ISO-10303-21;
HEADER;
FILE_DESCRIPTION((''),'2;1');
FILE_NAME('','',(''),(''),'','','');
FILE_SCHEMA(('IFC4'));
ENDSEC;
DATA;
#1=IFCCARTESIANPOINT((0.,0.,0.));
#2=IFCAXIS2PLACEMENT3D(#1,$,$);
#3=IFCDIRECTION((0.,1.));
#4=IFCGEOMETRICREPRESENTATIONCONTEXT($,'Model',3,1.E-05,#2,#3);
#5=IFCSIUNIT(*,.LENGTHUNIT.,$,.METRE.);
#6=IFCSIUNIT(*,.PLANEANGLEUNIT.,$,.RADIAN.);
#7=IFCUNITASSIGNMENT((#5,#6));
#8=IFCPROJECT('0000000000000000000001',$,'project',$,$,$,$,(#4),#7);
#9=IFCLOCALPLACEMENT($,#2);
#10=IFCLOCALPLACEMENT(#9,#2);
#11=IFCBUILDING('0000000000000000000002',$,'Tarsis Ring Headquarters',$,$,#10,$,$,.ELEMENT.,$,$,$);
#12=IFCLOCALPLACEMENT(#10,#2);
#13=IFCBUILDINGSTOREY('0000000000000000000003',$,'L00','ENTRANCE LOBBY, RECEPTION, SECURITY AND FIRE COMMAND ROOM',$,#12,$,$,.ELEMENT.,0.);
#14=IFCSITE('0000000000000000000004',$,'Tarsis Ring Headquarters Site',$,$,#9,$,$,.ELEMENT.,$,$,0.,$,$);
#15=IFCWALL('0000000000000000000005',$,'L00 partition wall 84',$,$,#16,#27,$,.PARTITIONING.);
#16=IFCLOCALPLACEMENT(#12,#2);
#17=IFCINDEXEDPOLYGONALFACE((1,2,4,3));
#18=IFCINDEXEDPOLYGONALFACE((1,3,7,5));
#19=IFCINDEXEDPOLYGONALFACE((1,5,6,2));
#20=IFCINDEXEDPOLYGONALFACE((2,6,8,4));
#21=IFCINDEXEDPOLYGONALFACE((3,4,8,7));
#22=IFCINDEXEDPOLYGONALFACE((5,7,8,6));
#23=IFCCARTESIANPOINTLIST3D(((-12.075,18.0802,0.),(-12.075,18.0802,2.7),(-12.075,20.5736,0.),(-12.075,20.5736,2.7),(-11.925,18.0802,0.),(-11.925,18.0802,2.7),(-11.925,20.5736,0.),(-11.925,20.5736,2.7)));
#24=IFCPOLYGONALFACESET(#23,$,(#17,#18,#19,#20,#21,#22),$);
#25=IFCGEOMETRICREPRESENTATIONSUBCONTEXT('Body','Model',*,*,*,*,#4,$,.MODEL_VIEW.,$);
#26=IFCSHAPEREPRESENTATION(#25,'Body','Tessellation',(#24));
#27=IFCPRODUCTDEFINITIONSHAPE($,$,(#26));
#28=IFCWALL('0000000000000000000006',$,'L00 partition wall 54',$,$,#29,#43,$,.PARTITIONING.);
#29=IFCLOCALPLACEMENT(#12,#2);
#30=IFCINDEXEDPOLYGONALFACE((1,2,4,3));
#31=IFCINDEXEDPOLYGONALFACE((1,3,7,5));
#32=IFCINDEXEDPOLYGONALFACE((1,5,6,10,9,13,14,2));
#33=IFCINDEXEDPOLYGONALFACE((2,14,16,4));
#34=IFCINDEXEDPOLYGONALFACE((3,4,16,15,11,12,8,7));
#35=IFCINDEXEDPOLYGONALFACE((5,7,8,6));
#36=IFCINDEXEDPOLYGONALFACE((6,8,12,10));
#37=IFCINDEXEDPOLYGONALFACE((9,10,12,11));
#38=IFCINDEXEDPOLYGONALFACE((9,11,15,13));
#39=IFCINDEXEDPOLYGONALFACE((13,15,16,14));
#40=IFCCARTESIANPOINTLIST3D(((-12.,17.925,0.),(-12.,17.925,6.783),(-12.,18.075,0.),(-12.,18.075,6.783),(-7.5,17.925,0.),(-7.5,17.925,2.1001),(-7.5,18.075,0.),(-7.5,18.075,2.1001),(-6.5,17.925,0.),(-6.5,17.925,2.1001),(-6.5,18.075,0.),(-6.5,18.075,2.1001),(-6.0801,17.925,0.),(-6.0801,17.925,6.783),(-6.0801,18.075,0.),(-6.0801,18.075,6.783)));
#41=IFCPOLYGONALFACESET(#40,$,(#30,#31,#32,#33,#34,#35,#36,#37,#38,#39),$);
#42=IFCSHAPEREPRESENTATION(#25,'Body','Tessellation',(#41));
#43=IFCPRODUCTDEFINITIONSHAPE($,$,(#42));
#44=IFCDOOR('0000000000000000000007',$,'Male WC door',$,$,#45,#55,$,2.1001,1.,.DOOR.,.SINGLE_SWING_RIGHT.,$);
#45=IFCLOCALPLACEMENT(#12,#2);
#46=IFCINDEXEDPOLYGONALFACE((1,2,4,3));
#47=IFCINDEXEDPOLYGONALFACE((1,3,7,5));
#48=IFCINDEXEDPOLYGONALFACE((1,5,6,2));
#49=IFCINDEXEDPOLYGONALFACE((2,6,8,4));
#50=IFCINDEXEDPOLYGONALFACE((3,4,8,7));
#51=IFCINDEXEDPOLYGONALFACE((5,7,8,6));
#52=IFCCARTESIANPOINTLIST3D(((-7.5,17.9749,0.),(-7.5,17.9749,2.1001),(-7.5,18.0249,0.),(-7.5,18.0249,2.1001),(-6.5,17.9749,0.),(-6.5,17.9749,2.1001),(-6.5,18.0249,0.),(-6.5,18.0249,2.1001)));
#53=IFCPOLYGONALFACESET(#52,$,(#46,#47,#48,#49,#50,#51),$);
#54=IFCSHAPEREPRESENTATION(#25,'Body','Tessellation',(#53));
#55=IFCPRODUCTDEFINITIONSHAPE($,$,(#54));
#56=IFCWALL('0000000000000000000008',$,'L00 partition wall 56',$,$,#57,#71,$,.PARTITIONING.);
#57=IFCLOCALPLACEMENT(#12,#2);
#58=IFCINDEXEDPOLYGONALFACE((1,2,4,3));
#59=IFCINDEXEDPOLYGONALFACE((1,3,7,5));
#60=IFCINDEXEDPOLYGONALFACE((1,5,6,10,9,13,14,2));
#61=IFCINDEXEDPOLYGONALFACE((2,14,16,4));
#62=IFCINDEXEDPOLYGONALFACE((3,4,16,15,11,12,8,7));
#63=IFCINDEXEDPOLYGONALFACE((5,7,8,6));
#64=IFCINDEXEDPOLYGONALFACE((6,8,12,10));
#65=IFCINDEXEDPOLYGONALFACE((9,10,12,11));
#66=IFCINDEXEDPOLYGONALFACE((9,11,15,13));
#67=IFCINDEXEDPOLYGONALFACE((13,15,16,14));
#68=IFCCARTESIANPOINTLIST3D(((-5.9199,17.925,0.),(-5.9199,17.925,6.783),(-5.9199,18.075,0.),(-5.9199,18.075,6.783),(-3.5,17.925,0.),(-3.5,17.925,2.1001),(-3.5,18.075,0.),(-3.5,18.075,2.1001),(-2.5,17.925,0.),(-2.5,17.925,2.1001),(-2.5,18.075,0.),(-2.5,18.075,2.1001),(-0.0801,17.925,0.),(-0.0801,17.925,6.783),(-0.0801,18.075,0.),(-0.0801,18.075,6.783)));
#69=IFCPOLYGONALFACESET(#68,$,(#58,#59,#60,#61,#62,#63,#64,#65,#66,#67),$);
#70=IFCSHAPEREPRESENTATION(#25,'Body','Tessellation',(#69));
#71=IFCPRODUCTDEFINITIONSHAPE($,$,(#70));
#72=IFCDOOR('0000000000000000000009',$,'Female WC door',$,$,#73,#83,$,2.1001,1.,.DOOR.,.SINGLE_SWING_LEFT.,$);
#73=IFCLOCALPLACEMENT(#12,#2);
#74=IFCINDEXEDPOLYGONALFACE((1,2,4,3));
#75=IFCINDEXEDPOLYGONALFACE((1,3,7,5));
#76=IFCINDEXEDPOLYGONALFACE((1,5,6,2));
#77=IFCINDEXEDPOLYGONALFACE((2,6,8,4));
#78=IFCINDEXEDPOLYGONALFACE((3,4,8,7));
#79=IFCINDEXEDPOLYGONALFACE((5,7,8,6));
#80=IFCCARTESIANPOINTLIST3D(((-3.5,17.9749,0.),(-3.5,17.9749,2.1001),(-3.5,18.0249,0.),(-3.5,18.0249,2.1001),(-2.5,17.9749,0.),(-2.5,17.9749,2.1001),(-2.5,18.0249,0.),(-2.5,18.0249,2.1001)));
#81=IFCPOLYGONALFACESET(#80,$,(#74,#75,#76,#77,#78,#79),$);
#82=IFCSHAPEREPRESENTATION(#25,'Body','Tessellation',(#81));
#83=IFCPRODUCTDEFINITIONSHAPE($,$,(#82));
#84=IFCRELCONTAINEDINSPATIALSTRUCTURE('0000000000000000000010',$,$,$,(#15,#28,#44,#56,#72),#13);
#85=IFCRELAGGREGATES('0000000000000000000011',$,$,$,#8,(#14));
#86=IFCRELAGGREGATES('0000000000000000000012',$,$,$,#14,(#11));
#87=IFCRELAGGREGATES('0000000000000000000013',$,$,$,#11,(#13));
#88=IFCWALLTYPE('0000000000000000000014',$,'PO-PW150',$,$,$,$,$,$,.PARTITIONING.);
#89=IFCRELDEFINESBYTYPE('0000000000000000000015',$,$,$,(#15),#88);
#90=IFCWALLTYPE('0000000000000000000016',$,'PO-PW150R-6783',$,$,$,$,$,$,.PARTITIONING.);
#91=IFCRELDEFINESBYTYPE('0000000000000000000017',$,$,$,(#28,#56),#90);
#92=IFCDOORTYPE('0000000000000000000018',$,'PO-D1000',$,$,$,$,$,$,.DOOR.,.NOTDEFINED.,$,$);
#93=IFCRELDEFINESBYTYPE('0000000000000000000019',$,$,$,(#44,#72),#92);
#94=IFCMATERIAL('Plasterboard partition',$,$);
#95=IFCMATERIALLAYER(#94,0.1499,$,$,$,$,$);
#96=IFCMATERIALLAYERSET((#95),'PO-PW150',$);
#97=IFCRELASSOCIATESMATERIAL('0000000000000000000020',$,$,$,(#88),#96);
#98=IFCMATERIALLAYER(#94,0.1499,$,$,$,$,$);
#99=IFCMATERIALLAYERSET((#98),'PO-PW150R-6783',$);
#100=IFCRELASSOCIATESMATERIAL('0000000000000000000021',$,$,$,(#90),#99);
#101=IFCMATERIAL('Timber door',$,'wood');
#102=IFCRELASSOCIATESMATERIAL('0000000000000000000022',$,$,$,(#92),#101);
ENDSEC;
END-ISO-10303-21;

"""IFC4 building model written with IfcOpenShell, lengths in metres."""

from ifc_helpers import new_model, si_unit, direction, frame, frame_2d, origin, place, context, subcontext, project, spatial, rectangle, extrude, material, layer, layer_set, type_object, element, fill, save


model = new_model("IFC4")

# Units and contexts
model_context = context("Model", 3, precision=1e-05, world=origin(), true_north=direction((0.0, 1.0)))
body_context = subcontext(model_context, "Body", "Model", "MODEL_VIEW")
ifc_project = project(units=[si_unit("LENGTHUNIT", "METRE"), si_unit("PLANEANGLEUNIT", "RADIAN")], contexts=[model_context])

# Site, building, storey
site_placement = place(None, origin())
site = spatial("IfcSite", under=ifc_project, at=site_placement, Name="Tarsis Ring Headquarters Site", CompositionType="ELEMENT", RefElevation=0.0)
building_placement = place(site_placement, origin())
building = spatial("IfcBuilding", under=site, at=building_placement, Name="Tarsis Ring Headquarters", CompositionType="ELEMENT")
storey_placement = place(building_placement, origin())
storey = spatial("IfcBuildingStorey", under=building, at=storey_placement, Name="L00", Description="ENTRANCE LOBBY, RECEPTION, SECURITY AND FIRE COMMAND ROOM", CompositionType="ELEMENT", Elevation=0.0)

# Wall
ifc_material_1 = material(Name="Plasterboard partition")
ifc_layer_1 = layer(ifc_material_1, 0.1499)
ifc_layer_set_1 = layer_set([ifc_layer_1], Name="PO-PW150")
wall_type_1 = type_object("IfcWallType", Name="PO-PW150", PredefinedType="PARTITIONING", material=ifc_layer_set_1)
wall_1_placement = place(storey_placement, frame((-12.0, 20.5735, 0.0), z_axis=(0.0, 0.0, 1.0), x_axis=(0.0, -1.0, 0.0)))
element("IfcWall", 1, at=wall_1_placement, inside=storey, type_object=wall_type_1, Name="L00 partition wall 84", PredefinedType="PARTITIONING", context=body_context, shape_type="SweptSolid", body=[
    extrude(rectangle(XDim=2.4934, YDim=0.1499, at=frame_2d((1.2466, 0.0))), origin(), (0.0, 0.0, 1.0), 2.7),
])

# Walls, openings, doors
ifc_layer_2 = layer(ifc_material_1, 0.1499)
ifc_layer_set_2 = layer_set([ifc_layer_2], Name="PO-PW150R-6783")
wall_type_2 = type_object("IfcWallType", Name="PO-PW150R-6783", PredefinedType="PARTITIONING", material=ifc_layer_set_2)
wall_2_placement = place(storey_placement, frame((-12.0, 18.0, 0.0), z_axis=(0.0, 0.0, 1.0), x_axis=(1.0, 0.0, 0.0)))
wall_2 = element("IfcWall", 2, at=wall_2_placement, inside=storey, type_object=wall_type_2, Name="L00 partition wall 54", PredefinedType="PARTITIONING", context=body_context, shape_type="SweptSolid", body=[
    extrude(rectangle(XDim=5.9199, YDim=0.1499, at=frame_2d((2.96, 0.0))), origin(), (0.0, 0.0, 1.0), 6.783),
])
opening_1_placement = place(wall_2_placement, frame((4.5, 0.0, 0.0)))
opening_1 = element("IfcOpeningElement", 3, at=opening_1_placement, cuts=wall_2, PredefinedType="OPENING", context=body_context, shape_type="SweptSolid", body=[
    extrude(rectangle(XDim=1.0, YDim=2.1001, at=frame_2d((0.5, 1.05))), frame((0.0, 0.085, 0.0), z_axis=(0.0, -1.0, 0.0), x_axis=(1.0, 0.0, 0.0)), (0.0, 0.0, 1.0), 0.1699),
])
ifc_material_2 = material(Name="Timber door", Category="wood")
door_type_1 = type_object("IfcDoorType", Name="PO-D1000", OperationType="NOTDEFINED", PredefinedType="DOOR", material=ifc_material_2)
door_1_placement = place(opening_1_placement, origin())
door_1 = element("IfcDoor", 4, at=door_1_placement, inside=storey, type_object=door_type_1, Name="Male WC door", OperationType="SINGLE_SWING_RIGHT", OverallHeight=2.1001, OverallWidth=1.0, PredefinedType="DOOR", context=body_context, shape_type="SweptSolid", body=[
    extrude(rectangle(XDim=1.0, YDim=2.1001, at=frame_2d((0.5, 1.05))), frame((0.0, 0.0249, 0.0), z_axis=(0.0, -1.0, 0.0), x_axis=(1.0, 0.0, 0.0)), (0.0, 0.0, 1.0), 0.05),
])
fill(opening_1, door_1)
wall_3_placement = place(storey_placement, frame((-5.9199, 18.0, 0.0), z_axis=(0.0, 0.0, 1.0), x_axis=(1.0, 0.0, 0.0)))
wall_3 = element("IfcWall", 5, at=wall_3_placement, inside=storey, type_object=wall_type_2, Name="L00 partition wall 56", PredefinedType="PARTITIONING", context=body_context, shape_type="SweptSolid", body=[
    extrude(rectangle(XDim=5.8398, YDim=0.1499, at=frame_2d((2.9199, 0.0))), origin(), (0.0, 0.0, 1.0), 6.783),
])
opening_2_placement = place(wall_3_placement, frame((2.4199, 0.0, 0.0)))
opening_2 = element("IfcOpeningElement", 6, at=opening_2_placement, cuts=wall_3, PredefinedType="OPENING", context=body_context, shape_type="SweptSolid", body=[
    extrude(rectangle(XDim=1.0, YDim=2.1001, at=frame_2d((0.5, 1.05))), frame((0.0, 0.085, 0.0), z_axis=(0.0, -1.0, 0.0), x_axis=(1.0, 0.0, 0.0)), (0.0, 0.0, 1.0), 0.1699),
])
door_2_placement = place(opening_2_placement, origin())
door_2 = element("IfcDoor", 7, at=door_2_placement, inside=storey, type_object=door_type_1, Name="Female WC door", OperationType="SINGLE_SWING_LEFT", OverallHeight=2.1001, OverallWidth=1.0, PredefinedType="DOOR", context=body_context, shape_type="SweptSolid", body=[
    extrude(rectangle(XDim=1.0, YDim=2.1001, at=frame_2d((0.5, 1.05))), frame((0.0, 0.0249, 0.0), z_axis=(0.0, -1.0, 0.0), x_axis=(1.0, 0.0, 0.0)), (0.0, 0.0, 1.0), 0.05),
])
fill(opening_2, door_2)

save(model, "model.ifc")
